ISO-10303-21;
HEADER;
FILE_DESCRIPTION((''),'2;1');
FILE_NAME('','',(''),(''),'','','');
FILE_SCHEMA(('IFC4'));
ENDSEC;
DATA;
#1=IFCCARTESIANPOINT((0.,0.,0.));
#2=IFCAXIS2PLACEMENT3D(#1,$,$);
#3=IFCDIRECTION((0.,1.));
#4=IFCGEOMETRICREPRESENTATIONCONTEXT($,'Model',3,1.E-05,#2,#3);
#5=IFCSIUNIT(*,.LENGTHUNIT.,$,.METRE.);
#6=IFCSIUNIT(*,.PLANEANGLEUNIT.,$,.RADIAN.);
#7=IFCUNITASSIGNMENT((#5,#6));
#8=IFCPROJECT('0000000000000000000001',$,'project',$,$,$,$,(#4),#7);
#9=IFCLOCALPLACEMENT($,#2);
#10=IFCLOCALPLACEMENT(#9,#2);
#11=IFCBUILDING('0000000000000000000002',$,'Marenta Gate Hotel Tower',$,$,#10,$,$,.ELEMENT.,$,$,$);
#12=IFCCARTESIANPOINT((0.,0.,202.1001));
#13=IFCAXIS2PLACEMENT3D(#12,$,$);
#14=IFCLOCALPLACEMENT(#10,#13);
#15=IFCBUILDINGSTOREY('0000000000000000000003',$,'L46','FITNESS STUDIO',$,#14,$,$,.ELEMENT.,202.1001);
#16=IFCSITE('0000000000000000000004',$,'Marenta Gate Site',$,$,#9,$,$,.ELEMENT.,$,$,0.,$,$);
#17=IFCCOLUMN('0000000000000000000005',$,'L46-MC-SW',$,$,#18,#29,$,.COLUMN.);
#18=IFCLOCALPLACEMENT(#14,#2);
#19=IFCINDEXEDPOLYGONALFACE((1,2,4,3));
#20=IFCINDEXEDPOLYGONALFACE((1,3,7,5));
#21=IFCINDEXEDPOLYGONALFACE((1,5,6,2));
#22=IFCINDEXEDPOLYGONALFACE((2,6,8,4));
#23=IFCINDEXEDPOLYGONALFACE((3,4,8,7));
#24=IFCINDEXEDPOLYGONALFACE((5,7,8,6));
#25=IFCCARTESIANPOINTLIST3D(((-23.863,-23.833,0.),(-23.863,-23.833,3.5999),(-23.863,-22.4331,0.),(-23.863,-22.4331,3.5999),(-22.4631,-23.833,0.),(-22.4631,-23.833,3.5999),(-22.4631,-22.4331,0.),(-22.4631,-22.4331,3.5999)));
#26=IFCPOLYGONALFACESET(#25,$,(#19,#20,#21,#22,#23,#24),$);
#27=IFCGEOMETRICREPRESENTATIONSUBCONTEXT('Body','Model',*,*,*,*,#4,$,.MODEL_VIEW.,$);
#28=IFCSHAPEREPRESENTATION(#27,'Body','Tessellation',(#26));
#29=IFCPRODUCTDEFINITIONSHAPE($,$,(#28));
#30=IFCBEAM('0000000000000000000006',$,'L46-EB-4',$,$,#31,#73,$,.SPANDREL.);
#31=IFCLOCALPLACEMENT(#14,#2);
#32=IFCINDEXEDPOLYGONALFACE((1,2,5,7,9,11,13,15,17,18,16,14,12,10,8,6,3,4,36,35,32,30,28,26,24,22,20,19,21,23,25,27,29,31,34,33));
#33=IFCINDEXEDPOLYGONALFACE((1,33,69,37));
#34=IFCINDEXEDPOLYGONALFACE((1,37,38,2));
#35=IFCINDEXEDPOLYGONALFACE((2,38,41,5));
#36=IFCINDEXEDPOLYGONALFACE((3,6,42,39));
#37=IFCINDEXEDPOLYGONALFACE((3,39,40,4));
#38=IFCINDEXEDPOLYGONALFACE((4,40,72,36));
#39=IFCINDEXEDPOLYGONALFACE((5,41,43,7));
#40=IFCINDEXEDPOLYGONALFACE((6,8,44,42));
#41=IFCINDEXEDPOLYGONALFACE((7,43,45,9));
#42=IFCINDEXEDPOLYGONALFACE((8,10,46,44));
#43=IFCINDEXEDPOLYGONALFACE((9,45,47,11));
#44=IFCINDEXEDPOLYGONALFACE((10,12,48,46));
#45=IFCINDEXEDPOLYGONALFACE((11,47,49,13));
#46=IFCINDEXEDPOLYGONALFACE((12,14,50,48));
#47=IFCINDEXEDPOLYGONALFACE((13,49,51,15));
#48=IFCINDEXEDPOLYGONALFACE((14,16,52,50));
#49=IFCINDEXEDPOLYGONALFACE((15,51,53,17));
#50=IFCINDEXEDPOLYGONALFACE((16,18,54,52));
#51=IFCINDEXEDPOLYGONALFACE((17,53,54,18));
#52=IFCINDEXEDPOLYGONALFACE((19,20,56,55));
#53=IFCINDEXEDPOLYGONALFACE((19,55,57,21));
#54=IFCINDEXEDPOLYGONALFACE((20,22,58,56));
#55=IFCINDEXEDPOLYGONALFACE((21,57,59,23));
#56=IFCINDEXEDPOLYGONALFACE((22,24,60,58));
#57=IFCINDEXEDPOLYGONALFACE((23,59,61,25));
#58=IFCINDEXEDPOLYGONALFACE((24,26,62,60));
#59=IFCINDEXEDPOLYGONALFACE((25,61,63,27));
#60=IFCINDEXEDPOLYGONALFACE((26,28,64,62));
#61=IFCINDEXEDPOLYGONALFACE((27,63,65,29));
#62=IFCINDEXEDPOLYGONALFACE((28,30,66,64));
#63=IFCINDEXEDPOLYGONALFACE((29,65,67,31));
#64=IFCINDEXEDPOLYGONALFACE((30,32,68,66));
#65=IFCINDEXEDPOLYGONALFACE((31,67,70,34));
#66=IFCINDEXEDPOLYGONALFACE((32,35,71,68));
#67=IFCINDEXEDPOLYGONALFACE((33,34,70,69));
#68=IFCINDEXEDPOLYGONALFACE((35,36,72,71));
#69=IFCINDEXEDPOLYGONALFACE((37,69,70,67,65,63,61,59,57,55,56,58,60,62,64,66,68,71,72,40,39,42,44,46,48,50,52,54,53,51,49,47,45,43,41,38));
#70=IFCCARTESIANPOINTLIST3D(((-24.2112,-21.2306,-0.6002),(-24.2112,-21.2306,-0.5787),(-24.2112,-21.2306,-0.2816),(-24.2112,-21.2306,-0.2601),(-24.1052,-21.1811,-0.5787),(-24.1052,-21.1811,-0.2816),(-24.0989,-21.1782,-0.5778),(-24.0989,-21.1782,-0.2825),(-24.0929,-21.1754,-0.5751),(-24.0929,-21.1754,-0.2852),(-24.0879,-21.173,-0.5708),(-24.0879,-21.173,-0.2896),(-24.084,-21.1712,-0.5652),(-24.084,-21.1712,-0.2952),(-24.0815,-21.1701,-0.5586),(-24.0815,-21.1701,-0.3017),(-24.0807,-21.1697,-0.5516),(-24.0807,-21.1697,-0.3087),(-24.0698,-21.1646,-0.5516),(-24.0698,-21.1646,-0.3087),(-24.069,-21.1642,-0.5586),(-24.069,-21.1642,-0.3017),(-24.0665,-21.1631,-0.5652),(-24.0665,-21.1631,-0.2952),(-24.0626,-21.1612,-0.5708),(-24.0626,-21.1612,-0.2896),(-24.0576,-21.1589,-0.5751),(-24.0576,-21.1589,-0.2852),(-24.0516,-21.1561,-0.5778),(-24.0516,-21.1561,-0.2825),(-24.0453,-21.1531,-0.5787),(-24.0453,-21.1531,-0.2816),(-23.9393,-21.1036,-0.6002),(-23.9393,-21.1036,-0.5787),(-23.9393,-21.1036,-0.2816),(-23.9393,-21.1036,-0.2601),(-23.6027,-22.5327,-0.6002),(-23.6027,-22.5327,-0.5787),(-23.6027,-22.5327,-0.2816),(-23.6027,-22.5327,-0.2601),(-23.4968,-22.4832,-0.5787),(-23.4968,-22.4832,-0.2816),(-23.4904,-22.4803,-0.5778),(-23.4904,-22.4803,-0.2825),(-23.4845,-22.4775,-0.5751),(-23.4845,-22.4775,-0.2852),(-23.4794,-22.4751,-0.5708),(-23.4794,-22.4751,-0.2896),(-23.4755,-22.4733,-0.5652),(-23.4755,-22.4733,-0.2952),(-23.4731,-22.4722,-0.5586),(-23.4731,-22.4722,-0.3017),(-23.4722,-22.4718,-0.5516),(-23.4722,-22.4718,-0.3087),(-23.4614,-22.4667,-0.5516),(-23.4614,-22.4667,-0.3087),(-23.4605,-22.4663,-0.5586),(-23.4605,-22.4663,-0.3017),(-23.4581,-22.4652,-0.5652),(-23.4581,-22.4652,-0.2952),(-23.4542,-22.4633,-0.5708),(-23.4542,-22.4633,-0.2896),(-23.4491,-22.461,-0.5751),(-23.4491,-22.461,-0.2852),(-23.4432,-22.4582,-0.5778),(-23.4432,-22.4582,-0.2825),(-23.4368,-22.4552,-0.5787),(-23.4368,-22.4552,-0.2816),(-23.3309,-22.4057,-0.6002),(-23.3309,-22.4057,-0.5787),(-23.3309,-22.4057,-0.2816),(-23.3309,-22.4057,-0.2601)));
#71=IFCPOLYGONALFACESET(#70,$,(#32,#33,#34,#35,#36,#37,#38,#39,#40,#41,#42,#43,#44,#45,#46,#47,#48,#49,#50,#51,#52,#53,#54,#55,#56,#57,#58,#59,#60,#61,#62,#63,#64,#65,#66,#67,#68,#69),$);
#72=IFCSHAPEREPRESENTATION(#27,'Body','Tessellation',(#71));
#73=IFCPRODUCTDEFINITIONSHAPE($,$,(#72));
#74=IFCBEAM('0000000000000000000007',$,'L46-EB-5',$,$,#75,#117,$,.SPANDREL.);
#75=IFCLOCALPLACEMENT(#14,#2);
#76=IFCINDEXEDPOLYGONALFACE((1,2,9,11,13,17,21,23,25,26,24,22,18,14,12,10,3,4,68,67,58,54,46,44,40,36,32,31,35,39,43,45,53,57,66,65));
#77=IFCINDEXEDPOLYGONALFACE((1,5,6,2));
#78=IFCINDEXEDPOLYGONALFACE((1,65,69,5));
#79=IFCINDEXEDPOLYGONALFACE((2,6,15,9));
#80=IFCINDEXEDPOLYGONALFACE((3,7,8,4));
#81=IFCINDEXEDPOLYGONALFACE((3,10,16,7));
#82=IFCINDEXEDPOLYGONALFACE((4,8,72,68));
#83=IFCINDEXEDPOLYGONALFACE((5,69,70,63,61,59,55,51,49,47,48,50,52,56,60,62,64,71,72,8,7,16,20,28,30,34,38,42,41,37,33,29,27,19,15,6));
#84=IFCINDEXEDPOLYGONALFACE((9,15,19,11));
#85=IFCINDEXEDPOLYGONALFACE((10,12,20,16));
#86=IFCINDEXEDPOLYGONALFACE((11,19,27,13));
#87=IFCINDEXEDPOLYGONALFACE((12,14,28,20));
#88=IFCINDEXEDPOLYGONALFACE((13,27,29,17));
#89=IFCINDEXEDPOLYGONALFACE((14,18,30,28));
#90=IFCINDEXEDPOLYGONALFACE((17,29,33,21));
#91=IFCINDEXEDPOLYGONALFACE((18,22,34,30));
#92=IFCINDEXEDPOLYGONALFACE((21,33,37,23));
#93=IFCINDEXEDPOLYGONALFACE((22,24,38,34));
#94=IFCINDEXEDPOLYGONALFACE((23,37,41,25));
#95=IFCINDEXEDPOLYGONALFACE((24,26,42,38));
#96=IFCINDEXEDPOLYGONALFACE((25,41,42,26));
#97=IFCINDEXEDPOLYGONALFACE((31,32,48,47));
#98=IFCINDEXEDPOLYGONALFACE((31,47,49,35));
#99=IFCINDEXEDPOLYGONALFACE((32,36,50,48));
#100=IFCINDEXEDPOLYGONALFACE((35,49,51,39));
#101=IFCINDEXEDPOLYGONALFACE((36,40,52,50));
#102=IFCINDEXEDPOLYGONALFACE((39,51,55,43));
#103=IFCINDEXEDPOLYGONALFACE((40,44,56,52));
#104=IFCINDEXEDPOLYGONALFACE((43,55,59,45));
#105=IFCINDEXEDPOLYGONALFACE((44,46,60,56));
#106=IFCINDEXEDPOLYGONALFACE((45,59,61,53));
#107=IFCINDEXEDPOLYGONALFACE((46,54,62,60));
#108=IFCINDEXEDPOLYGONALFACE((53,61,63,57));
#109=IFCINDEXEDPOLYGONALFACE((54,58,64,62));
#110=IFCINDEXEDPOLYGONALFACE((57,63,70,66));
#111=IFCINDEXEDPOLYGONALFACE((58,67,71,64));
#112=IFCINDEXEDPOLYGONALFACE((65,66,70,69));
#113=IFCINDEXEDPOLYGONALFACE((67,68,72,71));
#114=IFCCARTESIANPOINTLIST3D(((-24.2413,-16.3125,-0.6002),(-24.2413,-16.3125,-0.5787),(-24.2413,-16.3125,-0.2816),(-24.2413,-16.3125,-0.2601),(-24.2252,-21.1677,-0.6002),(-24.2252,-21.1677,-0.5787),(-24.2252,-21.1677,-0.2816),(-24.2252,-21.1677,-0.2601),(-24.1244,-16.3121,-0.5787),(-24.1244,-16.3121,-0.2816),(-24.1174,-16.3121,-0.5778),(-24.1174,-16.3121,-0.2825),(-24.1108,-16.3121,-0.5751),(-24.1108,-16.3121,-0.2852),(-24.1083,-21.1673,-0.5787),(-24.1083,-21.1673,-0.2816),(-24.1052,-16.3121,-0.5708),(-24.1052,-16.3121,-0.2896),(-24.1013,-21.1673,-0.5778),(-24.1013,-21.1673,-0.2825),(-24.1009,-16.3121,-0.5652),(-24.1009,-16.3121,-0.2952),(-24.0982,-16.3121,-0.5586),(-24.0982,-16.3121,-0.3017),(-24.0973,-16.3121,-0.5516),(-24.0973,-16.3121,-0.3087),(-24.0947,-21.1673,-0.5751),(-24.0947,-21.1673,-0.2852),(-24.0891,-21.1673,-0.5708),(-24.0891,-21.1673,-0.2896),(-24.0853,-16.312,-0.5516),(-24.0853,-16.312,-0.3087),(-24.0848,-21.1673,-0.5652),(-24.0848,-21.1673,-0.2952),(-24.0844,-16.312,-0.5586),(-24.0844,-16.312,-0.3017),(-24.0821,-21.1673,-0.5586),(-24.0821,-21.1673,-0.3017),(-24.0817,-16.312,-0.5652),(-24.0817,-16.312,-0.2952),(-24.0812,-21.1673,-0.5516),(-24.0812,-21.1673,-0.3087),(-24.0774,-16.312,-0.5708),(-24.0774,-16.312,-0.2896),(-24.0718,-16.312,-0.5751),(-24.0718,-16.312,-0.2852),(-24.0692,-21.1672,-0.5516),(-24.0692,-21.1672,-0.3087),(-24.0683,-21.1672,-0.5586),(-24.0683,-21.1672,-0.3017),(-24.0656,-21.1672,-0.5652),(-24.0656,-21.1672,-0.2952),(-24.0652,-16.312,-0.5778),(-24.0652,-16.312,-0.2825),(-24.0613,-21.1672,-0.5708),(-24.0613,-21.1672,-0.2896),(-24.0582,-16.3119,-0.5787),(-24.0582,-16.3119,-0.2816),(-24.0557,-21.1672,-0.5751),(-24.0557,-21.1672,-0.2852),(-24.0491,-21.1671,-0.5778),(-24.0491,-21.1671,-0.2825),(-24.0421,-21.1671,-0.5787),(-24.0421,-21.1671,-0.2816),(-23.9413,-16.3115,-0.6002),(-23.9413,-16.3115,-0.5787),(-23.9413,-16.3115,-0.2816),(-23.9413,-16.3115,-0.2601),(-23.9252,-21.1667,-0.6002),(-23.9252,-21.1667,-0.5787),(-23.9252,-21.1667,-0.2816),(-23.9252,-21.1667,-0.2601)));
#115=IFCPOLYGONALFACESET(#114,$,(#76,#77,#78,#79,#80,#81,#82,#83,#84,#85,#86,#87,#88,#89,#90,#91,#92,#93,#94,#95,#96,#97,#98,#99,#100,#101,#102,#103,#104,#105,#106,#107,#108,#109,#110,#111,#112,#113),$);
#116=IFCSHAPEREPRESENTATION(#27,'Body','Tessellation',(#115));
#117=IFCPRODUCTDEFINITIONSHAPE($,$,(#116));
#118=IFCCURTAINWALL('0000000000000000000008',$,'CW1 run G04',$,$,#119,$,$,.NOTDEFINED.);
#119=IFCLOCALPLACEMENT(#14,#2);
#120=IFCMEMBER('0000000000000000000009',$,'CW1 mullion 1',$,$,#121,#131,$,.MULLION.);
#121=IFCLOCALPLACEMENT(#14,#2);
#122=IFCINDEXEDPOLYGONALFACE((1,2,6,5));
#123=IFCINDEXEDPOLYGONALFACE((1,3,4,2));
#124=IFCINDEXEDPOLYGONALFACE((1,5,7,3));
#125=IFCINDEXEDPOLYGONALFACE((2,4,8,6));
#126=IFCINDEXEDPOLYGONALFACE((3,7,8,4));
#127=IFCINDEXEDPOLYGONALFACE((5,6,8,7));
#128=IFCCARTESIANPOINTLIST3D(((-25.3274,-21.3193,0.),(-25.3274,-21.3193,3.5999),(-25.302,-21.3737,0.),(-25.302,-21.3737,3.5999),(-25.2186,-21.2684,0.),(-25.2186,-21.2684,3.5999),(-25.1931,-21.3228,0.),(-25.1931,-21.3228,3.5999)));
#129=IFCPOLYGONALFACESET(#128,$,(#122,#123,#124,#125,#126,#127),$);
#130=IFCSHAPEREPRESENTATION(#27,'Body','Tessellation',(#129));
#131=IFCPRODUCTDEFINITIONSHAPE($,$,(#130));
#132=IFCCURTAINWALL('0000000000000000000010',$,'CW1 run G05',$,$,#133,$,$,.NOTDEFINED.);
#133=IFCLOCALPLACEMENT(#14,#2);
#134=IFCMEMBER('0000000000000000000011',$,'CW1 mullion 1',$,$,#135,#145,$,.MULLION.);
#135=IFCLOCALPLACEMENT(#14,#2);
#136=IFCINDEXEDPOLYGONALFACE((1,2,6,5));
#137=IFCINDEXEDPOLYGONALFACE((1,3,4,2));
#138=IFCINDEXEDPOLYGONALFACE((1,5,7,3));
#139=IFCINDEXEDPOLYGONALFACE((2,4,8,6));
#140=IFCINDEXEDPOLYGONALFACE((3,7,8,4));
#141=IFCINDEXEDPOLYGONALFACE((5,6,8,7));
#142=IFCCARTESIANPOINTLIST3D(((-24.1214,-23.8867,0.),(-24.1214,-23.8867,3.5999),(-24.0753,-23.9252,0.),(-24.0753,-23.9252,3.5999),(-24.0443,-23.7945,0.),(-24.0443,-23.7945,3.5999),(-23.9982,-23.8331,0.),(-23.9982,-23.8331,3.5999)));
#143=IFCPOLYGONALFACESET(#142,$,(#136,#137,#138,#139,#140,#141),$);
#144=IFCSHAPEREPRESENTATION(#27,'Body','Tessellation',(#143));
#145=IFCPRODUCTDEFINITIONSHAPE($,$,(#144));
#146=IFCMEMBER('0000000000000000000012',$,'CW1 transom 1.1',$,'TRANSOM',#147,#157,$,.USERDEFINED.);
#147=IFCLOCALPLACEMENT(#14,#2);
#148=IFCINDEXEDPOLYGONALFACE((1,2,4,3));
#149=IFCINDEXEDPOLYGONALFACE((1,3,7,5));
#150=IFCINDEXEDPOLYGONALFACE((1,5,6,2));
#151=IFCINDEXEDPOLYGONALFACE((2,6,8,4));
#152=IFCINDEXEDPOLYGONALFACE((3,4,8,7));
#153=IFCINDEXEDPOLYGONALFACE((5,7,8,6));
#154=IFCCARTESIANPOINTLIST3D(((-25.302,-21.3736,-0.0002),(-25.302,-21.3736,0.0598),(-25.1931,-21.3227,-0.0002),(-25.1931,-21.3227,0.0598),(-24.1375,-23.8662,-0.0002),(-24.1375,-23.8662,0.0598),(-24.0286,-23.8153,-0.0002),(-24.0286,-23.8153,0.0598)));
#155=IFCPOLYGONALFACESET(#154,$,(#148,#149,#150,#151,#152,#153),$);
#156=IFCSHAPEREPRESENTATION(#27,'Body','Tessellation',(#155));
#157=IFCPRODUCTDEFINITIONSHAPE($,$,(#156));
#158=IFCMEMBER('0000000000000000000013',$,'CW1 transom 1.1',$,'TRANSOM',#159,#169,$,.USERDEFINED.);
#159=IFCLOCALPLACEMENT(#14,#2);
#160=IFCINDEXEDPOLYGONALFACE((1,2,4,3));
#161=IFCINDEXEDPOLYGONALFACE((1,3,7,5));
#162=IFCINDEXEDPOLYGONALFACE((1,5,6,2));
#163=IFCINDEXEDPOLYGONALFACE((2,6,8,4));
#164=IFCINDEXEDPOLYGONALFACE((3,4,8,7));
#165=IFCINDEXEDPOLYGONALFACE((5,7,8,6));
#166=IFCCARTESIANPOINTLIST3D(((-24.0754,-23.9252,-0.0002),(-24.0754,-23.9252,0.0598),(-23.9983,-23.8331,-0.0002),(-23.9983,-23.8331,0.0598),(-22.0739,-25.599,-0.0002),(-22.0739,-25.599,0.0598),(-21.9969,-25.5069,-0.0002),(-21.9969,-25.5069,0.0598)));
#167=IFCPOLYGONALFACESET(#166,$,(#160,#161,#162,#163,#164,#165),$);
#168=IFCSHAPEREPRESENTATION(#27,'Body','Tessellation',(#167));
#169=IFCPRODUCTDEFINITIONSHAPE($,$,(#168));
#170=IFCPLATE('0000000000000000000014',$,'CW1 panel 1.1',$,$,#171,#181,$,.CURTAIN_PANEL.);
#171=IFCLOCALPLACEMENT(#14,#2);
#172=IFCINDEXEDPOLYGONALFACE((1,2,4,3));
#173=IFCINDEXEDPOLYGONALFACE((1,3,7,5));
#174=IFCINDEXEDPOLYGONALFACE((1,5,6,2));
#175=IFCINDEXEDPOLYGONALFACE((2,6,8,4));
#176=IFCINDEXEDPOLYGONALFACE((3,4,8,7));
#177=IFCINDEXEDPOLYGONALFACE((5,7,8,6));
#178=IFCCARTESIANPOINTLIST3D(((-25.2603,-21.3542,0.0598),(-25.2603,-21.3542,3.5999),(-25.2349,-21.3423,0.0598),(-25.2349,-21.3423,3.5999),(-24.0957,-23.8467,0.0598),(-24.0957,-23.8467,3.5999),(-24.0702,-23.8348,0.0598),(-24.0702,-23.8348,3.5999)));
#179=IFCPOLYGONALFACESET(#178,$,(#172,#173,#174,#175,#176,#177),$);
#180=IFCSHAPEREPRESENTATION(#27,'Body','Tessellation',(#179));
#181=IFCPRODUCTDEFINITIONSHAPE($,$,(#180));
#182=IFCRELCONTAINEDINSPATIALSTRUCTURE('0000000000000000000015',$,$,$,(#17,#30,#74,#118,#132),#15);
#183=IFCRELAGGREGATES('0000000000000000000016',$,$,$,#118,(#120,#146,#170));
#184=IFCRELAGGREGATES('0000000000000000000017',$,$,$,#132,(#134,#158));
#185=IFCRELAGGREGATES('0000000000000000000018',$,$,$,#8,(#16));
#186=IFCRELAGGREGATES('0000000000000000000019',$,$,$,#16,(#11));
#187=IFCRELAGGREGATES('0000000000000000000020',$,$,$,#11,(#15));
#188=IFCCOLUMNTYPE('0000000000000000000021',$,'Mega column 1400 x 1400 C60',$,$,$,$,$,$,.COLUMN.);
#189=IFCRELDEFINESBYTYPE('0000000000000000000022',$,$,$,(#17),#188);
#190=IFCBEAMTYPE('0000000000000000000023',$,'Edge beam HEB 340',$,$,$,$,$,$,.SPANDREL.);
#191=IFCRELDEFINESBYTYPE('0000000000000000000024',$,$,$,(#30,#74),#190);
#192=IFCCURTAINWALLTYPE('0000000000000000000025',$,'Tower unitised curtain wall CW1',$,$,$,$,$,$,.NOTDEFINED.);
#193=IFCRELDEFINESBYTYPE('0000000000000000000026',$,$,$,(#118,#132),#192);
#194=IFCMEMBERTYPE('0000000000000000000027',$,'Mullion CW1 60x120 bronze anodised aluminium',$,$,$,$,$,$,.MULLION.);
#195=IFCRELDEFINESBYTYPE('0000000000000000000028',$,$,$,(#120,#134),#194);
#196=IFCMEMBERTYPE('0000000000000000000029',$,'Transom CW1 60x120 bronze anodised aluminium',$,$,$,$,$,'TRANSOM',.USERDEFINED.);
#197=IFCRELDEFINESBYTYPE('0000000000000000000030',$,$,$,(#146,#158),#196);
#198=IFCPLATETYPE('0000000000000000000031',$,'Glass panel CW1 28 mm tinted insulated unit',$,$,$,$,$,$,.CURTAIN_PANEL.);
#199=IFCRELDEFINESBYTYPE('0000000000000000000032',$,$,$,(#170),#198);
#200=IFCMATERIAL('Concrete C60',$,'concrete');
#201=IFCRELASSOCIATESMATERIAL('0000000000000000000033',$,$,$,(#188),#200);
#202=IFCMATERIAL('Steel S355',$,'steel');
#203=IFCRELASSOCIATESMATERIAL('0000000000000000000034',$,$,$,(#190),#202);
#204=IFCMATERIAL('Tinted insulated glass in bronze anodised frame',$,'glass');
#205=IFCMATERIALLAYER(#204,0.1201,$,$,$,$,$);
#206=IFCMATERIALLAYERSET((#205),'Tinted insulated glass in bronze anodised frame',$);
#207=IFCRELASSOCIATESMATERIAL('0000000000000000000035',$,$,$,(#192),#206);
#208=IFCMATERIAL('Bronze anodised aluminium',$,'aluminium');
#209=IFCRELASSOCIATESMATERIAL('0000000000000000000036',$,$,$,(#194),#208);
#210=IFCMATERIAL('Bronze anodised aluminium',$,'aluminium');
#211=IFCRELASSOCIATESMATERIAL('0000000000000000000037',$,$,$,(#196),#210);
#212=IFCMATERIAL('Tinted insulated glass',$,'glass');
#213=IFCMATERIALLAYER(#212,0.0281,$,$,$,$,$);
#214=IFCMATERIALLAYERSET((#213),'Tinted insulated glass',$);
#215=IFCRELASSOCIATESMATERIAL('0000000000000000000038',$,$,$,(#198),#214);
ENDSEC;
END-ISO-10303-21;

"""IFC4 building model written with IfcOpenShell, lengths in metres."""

from ifc_helpers import new_model, si_unit, direction, frame, origin, origin_2d, place, context, subcontext, project, spatial, rectangle, i_section, extrude, material, layer, layer_set, material_profile, profile_set, type_object, element, aggregate, save


model = new_model("IFC4")

# Units and contexts
model_context = context("Model", 3, precision=1e-05, world=origin(), true_north=direction((0.0, 1.0)))
body_context = subcontext(model_context, "Body", "Model", "MODEL_VIEW")
ifc_project = project(units=[si_unit("LENGTHUNIT", "METRE"), si_unit("PLANEANGLEUNIT", "RADIAN")], contexts=[model_context])

# Site, building, storey
site_placement = place(None, origin())
site = spatial("IfcSite", under=ifc_project, at=site_placement, Name="Marenta Gate Site", CompositionType="ELEMENT", RefElevation=0.0)
building_placement = place(site_placement, origin())
building = spatial("IfcBuilding", under=site, at=building_placement, Name="Marenta Gate Hotel Tower", CompositionType="ELEMENT")
storey_placement = place(building_placement, frame((0.0, 0.0, 202.1001)))
storey = spatial("IfcBuildingStorey", under=building, at=storey_placement, Name="L46", Description="FITNESS STUDIO", CompositionType="ELEMENT", Elevation=202.1001)

# Column
ifc_material_1 = material(Name="Concrete C60", Category="concrete")
ifc_material_profile_1 = material_profile(ifc_material_1, rectangle(XDim=1.3999, YDim=1.3999, at=origin_2d()), Name="1400 x 1400")
ifc_profile_set_1 = profile_set([ifc_material_profile_1], Name="Concrete C60")
column_type = type_object("IfcColumnType", Name="Mega column 1400 x 1400 C60", PredefinedType="COLUMN", material=ifc_profile_set_1)
column_placement = place(storey_placement, frame((-23.1631, -23.1331, 0.0), z_axis=(0.0, 0.0, 1.0), x_axis=(1.0, 0.0, 0.0)))
element("IfcColumn", 1, at=column_placement, inside=storey, type_object=column_type, Name="L46-MC-SW", PredefinedType="COLUMN", context=body_context, shape_type="SweptSolid", body=[
    extrude(rectangle(XDim=1.3999, YDim=1.3999, at=origin_2d()), origin(), (0.0, 0.0, 1.0), 3.5999),
])

# Beams
ifc_material_2 = material(Name="Steel S355", Category="steel")
ifc_material_profile_2 = material_profile(ifc_material_2, i_section(OverallWidth=0.3, OverallDepth=0.3401, WebThickness=0.012, FlangeThickness=0.0215, FilletRadius=0.0271, at=origin_2d()), Name="HEB 340")
ifc_profile_set_2 = profile_set([ifc_material_profile_2], Name="Steel S355")
beam_type = type_object("IfcBeamType", Name="Edge beam HEB 340", PredefinedType="SPANDREL", material=ifc_profile_set_2)
beam_1_placement = place(storey_placement, frame((-23.4668, -22.4692, -0.4302), z_axis=(-0.423341, 0.90597, 0.0), x_axis=(-0.90597, -0.423341, 0.0)))
element("IfcBeam", 2, at=beam_1_placement, inside=storey, type_object=beam_type, Name="L46-EB-4", PredefinedType="SPANDREL", context=body_context, shape_type="SweptSolid", body=[
    extrude(i_section(OverallWidth=0.3, OverallDepth=0.3401, WebThickness=0.012, FlangeThickness=0.0215, FilletRadius=0.0271, at=origin_2d()), origin(), (0.0, 0.0, 1.0), 1.4373),
])
beam_2_placement = place(storey_placement, frame((-24.0752, -21.1672, -0.4302), z_axis=(-0.003319, 0.999994, 0.0), x_axis=(-0.999994, -0.003319, 0.0)))
element("IfcBeam", 3, at=beam_2_placement, inside=storey, type_object=beam_type, Name="L46-EB-5", PredefinedType="SPANDREL", context=body_context, shape_type="SweptSolid", body=[
    extrude(i_section(OverallWidth=0.3, OverallDepth=0.3401, WebThickness=0.012, FlangeThickness=0.0215, FilletRadius=0.0271, at=origin_2d()), origin(), (0.0, 0.0, 1.0), 4.8552),
])

# Curtain walls, members
ifc_material_3 = material(Name="Tinted insulated glass in bronze anodised frame", Category="glass")
ifc_layer_1 = layer(ifc_material_3, 0.1201)
ifc_layer_set_1 = layer_set([ifc_layer_1], Name="Tinted insulated glass in bronze anodised frame")
curtain_wall_type = type_object("IfcCurtainWallType", Name="Tower unitised curtain wall CW1", PredefinedType="NOTDEFINED", material=ifc_layer_set_1)
curtain_wall_1_placement = place(storey_placement, origin())
curtain_wall_1 = element("IfcCurtainWall", 4, at=curtain_wall_1_placement, inside=storey, type_object=curtain_wall_type, Name="CW1 run G04", PredefinedType="NOTDEFINED")
ifc_material_4 = material(Name="Bronze anodised aluminium", Category="aluminium")
ifc_material_profile_3 = material_profile(ifc_material_4, rectangle(XDim=0.1201, YDim=0.0601, at=origin_2d()), Name="Mullion CW1 60x120 bronze anodised aluminium")
ifc_profile_set_3 = profile_set([ifc_material_profile_3], Name="Bronze anodised aluminium")
member_type_1 = type_object("IfcMemberType", Name="Mullion CW1 60x120 bronze anodised aluminium", PredefinedType="MULLION", material=ifc_profile_set_3)
member_1_placement = place(storey_placement, frame((-25.2603, -21.321, 0.0), z_axis=(0.0, 0.0, 1.0), x_axis=(0.905972, 0.423337, 0.0)))
member_1 = element("IfcMember", 5, at=member_1_placement, type_object=member_type_1, Name="CW1 mullion 1", PredefinedType="MULLION", context=body_context, shape_type="SweptSolid", body=[
    extrude(rectangle(XDim=0.1201, YDim=0.0601, at=origin_2d()), origin(), (0.0, 0.0, 1.0), 3.5999),
])
curtain_wall_2_placement = place(storey_placement, origin())
curtain_wall_2 = element("IfcCurtainWall", 6, at=curtain_wall_2_placement, inside=storey, type_object=curtain_wall_type, Name="CW1 run G05", PredefinedType="NOTDEFINED")
member_2_placement = place(storey_placement, frame((-24.0598, -23.8599, 0.0), z_axis=(0.0, 0.0, 1.0), x_axis=(0.641525, 0.767102, 0.0)))
member_2 = element("IfcMember", 7, at=member_2_placement, type_object=member_type_1, Name="CW1 mullion 1", PredefinedType="MULLION", context=body_context, shape_type="SweptSolid", body=[
    extrude(rectangle(XDim=0.1201, YDim=0.0601, at=origin_2d()), origin(), (0.0, 0.0, 1.0), 3.5999),
])

# Members
ifc_material_5 = material(Name="Bronze anodised aluminium", Category="aluminium")
ifc_material_profile_4 = material_profile(ifc_material_5, rectangle(XDim=0.1201, YDim=0.0601, at=origin_2d()), Name="Transom CW1 60x120 bronze anodised aluminium")
ifc_profile_set_4 = profile_set([ifc_material_profile_4], Name="Bronze anodised aluminium")
member_type_2 = type_object("IfcMemberType", Name="Transom CW1 60x120 bronze anodised aluminium", ElementType="TRANSOM", PredefinedType="USERDEFINED", material=ifc_profile_set_4)
member_3_placement = place(storey_placement, frame((-25.2476, -21.3481, 0.0298), z_axis=(0.423274, -0.906002, 0.0), x_axis=(0.906002, 0.423274, 0.0)))
member_3 = element("IfcMember", 8, at=member_3_placement, type_object=member_type_2, Name="CW1 transom 1.1", ObjectType="TRANSOM", PredefinedType="USERDEFINED", context=body_context, shape_type="SweptSolid", body=[
    extrude(rectangle(XDim=0.1201, YDim=0.0601, at=origin_2d()), origin(), (0.0, 0.0, 1.0), 2.7512),
])
member_4_placement = place(storey_placement, frame((-24.0369, -23.8792, 0.0298), z_axis=(0.7671, -0.641527, 0.0), x_axis=(0.641527, 0.7671, 0.0)))
member_4 = element("IfcMember", 9, at=member_4_placement, type_object=member_type_2, Name="CW1 transom 1.1", ObjectType="TRANSOM", PredefinedType="USERDEFINED", context=body_context, shape_type="SweptSolid", body=[
    extrude(rectangle(XDim=0.1201, YDim=0.0601, at=origin_2d()), origin(), (0.0, 0.0, 1.0), 2.6091),
])

# Plate
ifc_material_6 = material(Name="Tinted insulated glass", Category="glass")
ifc_layer_2 = layer(ifc_material_6, 0.0281)
ifc_layer_set_2 = layer_set([ifc_layer_2], Name="Tinted insulated glass")
plate_type = type_object("IfcPlateType", Name="Glass panel CW1 28 mm tinted insulated unit", PredefinedType="CURTAIN_PANEL", material=ifc_layer_set_2)
plate_1_placement = place(storey_placement, frame((-24.6653, -22.5945, 0.0598), z_axis=(0.0, 0.0, 1.0), x_axis=(0.423337, -0.905972, 0.0)))
plate_1 = element("IfcPlate", 10, at=plate_1_placement, type_object=plate_type, Name="CW1 panel 1.1", PredefinedType="CURTAIN_PANEL", context=body_context, shape_type="SweptSolid", body=[
    extrude(rectangle(XDim=2.7512, YDim=0.0281, at=origin_2d()), origin(), (0.0, 0.0, 1.0), 3.54),
])
aggregate(curtain_wall_1, [member_1, member_3, plate_1])
aggregate(curtain_wall_2, [member_2, member_4])

save(model, "model.ifc")
